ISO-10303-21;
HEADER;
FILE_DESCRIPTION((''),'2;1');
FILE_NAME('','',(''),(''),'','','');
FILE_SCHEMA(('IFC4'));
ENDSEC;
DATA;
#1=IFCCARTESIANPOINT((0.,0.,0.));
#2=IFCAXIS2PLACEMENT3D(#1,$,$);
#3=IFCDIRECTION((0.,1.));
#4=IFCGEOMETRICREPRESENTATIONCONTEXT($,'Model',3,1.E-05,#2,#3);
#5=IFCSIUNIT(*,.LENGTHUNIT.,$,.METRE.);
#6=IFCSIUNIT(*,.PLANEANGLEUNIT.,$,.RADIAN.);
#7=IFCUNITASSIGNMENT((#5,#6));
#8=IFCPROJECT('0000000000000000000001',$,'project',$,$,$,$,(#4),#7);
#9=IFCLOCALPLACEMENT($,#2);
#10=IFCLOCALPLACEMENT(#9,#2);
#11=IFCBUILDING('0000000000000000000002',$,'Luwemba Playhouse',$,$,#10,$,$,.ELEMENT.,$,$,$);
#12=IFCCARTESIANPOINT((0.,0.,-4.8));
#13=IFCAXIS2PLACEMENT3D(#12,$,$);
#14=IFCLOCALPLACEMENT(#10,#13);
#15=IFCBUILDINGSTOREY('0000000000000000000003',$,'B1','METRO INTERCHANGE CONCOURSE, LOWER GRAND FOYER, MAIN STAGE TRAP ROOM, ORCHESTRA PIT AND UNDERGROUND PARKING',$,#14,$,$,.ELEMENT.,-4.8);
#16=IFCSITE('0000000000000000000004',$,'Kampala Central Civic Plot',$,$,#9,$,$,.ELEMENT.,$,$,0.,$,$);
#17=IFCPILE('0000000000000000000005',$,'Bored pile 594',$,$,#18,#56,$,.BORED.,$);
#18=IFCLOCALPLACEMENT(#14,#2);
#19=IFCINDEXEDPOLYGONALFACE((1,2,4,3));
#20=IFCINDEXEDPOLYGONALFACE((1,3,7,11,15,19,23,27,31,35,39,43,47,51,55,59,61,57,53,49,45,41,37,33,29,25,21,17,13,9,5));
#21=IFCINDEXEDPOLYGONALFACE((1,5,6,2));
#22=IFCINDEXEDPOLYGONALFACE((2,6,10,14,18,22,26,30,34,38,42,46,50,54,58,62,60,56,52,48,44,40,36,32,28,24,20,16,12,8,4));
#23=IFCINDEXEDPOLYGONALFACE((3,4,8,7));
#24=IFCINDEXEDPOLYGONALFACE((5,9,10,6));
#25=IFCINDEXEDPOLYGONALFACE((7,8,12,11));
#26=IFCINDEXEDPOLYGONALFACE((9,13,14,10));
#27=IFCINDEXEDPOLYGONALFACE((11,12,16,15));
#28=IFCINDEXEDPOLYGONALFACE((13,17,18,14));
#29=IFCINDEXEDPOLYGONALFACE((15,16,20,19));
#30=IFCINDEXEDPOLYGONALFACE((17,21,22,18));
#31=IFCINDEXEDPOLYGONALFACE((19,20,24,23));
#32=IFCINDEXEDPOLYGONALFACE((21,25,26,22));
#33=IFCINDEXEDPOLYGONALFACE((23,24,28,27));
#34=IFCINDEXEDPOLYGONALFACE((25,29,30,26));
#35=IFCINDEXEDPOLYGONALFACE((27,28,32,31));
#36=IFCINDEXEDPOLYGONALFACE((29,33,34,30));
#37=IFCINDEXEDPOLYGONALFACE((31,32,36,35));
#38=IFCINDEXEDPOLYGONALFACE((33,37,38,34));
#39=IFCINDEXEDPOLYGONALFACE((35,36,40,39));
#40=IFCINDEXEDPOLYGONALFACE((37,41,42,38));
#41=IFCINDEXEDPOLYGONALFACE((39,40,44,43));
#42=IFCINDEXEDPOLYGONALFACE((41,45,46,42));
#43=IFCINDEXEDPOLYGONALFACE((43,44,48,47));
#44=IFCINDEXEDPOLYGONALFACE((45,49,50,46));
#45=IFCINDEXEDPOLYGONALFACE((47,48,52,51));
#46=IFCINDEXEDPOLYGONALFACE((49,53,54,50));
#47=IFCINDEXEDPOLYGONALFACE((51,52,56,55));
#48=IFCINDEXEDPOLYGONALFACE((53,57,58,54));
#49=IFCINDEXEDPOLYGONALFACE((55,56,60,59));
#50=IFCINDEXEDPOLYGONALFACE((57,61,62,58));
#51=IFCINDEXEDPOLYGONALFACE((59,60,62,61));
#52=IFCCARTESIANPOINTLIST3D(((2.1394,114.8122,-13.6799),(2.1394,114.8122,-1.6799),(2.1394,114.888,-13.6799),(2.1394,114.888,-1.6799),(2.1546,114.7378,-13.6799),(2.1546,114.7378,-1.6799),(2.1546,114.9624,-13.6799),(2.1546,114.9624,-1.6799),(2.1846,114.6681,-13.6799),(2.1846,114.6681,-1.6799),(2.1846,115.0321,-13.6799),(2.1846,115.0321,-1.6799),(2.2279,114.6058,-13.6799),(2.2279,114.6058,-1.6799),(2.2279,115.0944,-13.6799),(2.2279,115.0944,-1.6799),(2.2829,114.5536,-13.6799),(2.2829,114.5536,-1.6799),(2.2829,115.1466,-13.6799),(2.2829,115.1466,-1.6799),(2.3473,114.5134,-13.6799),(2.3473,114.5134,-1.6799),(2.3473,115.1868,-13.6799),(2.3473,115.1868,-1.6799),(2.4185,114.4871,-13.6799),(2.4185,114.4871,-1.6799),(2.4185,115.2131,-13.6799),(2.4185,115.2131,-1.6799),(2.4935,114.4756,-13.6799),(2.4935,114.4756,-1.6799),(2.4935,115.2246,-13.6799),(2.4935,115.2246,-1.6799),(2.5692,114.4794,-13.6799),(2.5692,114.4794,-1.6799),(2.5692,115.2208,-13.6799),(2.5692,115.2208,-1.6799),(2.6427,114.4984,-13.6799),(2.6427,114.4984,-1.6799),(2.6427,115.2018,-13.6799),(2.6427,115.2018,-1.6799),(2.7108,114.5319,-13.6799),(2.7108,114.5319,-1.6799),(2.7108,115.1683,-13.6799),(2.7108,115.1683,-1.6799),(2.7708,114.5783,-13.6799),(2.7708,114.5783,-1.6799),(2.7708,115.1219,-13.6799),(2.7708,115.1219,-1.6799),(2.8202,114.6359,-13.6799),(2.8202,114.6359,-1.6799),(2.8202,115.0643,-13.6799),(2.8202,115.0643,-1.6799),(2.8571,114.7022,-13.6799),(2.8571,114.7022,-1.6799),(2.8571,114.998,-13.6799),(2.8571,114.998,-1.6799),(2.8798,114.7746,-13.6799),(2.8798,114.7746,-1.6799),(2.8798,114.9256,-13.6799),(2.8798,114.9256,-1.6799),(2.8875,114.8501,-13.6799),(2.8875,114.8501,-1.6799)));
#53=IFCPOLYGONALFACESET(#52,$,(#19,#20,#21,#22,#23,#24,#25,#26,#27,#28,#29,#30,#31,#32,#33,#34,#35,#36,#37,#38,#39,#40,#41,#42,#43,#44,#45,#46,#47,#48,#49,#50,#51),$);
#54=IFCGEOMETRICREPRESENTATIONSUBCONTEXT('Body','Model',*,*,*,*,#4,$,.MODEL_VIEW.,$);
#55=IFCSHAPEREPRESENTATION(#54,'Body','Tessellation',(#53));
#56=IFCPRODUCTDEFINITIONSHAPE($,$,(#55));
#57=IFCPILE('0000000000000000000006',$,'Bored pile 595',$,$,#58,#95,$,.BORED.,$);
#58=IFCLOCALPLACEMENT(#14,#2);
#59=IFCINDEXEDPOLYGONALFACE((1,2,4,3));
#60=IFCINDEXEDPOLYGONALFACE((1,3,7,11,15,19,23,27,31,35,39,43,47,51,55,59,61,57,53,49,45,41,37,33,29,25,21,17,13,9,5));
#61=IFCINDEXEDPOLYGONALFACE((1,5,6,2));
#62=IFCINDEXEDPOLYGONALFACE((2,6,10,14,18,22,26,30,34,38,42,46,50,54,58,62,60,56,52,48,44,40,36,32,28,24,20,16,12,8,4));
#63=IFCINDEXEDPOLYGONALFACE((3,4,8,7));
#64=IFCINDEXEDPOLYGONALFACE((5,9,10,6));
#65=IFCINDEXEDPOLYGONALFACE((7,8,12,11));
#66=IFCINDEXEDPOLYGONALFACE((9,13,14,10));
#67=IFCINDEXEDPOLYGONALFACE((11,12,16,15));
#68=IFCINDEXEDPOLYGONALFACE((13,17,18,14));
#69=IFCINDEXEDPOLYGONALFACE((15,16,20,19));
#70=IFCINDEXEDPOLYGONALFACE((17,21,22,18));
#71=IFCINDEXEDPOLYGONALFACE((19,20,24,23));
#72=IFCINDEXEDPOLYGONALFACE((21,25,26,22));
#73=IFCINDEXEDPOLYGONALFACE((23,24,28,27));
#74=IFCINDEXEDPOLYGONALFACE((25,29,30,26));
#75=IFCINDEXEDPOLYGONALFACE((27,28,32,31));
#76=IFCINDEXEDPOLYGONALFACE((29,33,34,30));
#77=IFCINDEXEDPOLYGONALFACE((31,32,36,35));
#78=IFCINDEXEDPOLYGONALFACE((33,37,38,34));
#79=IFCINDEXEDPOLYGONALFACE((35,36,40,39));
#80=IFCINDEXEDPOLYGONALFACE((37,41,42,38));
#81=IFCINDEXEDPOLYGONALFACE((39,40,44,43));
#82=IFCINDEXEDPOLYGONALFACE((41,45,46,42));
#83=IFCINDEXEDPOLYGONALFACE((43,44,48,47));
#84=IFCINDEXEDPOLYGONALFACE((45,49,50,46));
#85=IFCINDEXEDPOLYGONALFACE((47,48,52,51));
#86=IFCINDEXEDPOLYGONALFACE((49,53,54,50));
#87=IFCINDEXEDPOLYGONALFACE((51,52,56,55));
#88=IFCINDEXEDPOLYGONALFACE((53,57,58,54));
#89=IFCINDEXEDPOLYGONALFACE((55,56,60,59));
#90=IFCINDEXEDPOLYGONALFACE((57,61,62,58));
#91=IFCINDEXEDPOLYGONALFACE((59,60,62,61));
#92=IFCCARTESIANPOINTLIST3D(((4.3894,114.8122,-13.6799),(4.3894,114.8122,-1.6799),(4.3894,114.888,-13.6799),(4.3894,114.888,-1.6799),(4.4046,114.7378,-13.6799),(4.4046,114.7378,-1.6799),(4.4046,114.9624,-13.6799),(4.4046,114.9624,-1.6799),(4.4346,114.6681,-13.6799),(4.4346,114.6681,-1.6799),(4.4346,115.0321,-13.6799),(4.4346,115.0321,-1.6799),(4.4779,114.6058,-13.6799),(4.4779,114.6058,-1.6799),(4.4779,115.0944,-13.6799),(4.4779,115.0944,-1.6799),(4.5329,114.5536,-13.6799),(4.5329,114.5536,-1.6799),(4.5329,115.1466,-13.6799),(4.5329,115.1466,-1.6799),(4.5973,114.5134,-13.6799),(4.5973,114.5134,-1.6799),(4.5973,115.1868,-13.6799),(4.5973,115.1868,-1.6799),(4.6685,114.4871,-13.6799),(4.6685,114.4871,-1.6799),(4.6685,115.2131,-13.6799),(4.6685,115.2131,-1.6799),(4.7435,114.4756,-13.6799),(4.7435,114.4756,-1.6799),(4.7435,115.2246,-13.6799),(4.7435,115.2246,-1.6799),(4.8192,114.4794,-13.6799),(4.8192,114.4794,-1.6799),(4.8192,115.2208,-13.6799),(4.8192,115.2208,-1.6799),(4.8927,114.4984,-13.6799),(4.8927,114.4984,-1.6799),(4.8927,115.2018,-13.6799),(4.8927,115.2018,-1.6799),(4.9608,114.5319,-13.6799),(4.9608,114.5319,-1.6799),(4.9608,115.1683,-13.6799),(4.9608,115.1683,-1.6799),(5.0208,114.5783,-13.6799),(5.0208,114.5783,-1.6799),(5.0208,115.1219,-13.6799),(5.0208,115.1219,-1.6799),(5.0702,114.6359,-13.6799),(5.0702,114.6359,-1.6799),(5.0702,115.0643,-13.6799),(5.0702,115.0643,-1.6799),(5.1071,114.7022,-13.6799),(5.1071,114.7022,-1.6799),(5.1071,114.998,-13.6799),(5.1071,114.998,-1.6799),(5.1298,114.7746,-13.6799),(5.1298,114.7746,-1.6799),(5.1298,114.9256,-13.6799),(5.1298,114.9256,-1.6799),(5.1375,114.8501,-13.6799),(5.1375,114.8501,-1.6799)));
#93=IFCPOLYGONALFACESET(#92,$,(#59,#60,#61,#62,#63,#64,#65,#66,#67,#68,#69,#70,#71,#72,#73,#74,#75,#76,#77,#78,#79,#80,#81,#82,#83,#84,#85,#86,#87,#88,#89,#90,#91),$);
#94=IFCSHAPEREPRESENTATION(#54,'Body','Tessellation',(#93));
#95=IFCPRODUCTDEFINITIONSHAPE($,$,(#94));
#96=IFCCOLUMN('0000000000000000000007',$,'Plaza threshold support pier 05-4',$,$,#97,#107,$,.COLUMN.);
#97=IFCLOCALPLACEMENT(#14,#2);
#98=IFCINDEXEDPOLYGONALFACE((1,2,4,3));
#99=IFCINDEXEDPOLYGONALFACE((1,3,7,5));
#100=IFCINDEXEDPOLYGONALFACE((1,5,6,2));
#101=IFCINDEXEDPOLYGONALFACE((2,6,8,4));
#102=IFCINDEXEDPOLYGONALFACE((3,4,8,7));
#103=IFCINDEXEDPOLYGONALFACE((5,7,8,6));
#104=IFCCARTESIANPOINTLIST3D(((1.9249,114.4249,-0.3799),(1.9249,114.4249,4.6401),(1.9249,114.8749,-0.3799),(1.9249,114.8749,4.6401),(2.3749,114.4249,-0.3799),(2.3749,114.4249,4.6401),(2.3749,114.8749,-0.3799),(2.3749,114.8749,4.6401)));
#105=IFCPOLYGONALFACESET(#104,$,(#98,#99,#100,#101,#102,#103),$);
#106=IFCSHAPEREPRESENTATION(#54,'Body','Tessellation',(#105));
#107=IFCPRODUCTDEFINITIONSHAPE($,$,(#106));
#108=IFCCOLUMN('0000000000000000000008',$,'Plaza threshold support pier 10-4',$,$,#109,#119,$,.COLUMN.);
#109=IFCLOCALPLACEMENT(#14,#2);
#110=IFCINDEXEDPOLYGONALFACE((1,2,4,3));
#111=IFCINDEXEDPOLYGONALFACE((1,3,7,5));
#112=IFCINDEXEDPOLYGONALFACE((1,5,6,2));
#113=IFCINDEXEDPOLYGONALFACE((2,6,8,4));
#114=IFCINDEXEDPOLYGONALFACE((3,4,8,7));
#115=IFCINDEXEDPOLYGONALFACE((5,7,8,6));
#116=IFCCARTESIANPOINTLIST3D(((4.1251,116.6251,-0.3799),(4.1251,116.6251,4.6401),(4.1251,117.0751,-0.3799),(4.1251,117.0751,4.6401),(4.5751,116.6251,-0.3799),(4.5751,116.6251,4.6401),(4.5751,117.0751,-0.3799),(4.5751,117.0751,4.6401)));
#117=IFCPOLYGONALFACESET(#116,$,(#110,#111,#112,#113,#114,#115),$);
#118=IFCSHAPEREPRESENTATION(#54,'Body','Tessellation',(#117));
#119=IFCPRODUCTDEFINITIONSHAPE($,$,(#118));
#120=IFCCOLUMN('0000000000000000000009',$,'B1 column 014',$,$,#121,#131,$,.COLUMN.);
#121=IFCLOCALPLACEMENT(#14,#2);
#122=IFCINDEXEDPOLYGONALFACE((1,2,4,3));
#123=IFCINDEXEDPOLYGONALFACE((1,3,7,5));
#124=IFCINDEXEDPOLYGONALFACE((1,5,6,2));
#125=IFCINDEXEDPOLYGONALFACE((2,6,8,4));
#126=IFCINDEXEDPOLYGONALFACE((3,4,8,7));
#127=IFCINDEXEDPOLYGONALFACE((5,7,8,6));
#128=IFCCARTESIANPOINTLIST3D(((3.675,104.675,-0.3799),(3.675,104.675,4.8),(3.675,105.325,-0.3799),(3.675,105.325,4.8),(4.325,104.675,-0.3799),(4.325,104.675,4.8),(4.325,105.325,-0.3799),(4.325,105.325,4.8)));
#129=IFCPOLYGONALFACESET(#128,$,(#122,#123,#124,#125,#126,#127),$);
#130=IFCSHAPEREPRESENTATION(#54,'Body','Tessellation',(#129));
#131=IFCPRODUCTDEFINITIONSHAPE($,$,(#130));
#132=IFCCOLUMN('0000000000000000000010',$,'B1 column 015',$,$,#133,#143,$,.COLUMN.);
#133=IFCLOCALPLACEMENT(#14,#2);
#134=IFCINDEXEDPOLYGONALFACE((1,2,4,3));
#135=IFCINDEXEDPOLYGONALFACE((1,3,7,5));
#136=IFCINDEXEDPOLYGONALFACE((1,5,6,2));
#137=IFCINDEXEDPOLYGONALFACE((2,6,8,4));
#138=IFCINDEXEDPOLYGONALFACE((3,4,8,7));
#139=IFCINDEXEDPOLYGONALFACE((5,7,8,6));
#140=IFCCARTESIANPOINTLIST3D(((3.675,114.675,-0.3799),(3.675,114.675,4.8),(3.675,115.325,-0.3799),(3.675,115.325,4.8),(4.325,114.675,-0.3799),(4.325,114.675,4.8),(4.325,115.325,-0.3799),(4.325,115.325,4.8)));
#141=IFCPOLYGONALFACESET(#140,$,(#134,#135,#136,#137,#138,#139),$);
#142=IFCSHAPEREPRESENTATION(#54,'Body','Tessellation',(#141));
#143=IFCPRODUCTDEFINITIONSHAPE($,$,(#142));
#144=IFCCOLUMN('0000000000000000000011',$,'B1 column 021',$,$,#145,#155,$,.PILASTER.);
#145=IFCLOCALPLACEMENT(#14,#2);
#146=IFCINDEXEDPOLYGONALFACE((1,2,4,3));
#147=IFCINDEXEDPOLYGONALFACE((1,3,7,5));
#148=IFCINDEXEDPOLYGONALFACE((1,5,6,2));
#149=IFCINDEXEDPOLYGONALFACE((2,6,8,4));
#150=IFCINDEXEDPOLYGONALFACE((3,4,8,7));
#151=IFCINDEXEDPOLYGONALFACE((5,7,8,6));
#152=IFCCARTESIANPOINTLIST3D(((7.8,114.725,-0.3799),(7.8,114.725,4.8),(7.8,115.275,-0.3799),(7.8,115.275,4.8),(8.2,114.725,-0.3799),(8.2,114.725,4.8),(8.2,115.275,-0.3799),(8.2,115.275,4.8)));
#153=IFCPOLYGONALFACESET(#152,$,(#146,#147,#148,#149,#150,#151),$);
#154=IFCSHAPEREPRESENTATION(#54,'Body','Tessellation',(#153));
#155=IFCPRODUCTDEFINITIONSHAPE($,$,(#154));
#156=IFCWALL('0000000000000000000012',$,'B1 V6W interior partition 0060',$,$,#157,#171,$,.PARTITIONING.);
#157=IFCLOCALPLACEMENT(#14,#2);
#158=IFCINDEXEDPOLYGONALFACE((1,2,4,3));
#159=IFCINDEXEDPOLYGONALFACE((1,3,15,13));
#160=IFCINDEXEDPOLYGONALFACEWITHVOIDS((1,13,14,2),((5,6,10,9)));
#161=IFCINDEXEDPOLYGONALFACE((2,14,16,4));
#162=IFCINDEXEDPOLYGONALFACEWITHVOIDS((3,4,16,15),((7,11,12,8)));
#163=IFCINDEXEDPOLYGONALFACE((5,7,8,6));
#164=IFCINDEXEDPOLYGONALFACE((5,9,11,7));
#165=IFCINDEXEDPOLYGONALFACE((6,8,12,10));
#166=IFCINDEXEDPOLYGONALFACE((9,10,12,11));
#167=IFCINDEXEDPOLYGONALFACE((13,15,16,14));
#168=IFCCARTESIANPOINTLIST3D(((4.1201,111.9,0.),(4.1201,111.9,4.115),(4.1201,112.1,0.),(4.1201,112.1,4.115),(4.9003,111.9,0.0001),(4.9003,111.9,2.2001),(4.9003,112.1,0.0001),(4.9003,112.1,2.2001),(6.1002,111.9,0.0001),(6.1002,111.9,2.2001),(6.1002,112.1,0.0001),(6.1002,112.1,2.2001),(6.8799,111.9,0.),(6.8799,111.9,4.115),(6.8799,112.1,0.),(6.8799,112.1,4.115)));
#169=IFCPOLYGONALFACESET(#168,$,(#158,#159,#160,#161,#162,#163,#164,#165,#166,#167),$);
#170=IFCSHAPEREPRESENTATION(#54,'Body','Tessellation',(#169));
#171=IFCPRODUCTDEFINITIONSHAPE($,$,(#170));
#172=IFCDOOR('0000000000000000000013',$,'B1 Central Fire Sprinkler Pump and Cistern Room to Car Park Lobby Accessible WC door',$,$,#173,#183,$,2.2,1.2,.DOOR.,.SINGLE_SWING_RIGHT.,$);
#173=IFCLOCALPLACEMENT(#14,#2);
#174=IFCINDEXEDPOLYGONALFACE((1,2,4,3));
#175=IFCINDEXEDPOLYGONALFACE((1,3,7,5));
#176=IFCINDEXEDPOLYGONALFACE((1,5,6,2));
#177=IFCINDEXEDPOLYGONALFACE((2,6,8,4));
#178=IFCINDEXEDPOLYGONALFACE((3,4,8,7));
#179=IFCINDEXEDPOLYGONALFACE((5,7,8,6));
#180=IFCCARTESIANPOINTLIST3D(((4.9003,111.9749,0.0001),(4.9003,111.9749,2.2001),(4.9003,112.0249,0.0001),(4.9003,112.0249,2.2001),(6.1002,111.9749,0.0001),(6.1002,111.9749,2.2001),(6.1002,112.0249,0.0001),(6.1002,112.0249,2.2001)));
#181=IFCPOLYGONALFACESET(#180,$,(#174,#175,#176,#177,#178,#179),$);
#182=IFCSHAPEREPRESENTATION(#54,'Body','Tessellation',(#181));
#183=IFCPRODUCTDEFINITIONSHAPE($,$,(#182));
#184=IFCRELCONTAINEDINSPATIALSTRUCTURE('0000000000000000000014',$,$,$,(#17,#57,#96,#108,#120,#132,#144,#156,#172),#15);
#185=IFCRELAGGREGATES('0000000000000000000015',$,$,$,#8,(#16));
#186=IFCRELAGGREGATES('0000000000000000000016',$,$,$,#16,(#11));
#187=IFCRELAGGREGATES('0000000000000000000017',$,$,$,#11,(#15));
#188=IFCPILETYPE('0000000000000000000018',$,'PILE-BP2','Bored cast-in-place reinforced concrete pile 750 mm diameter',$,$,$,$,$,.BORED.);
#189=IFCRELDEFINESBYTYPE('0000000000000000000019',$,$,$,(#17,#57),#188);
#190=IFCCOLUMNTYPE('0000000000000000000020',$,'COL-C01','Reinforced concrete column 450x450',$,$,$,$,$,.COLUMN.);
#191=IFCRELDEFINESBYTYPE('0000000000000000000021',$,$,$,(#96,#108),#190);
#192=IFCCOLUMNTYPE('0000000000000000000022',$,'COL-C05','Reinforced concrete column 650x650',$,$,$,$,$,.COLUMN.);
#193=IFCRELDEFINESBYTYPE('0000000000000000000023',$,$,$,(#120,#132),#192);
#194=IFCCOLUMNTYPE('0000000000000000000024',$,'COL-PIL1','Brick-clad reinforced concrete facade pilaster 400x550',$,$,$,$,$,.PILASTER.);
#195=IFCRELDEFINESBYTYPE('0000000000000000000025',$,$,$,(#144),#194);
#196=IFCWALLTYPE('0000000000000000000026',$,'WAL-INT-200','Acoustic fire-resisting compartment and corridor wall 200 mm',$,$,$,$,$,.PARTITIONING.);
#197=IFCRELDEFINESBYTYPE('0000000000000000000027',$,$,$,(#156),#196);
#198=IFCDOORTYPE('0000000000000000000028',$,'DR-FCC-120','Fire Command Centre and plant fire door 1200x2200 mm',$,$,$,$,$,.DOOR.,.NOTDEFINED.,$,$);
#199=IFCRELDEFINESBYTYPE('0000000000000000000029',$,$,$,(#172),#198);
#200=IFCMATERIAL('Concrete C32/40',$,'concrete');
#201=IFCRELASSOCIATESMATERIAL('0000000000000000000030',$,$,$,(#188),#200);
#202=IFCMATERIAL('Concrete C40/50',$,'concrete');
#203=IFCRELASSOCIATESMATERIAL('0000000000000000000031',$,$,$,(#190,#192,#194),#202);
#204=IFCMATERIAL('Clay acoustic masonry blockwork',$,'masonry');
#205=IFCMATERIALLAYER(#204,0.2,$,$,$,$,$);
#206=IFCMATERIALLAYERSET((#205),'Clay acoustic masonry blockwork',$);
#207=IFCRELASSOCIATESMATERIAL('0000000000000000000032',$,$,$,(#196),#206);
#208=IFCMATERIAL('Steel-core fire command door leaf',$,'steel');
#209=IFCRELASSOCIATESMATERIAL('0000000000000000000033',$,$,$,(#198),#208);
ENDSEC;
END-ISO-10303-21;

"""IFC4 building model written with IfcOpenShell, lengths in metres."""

from ifc_helpers import new_model, si_unit, direction, frame, frame_2d, origin, origin_2d, place, context, subcontext, project, spatial, rectangle, circle, extrude, material, layer, layer_set, material_profile, profile_set, type_object, element, fill, save


model = new_model("IFC4")

# Units and contexts
model_context = context("Model", 3, precision=1e-05, world=origin(), true_north=direction((0.0, 1.0)))
body_context = subcontext(model_context, "Body", "Model", "MODEL_VIEW")
ifc_project = project(units=[si_unit("LENGTHUNIT", "METRE"), si_unit("PLANEANGLEUNIT", "RADIAN")], contexts=[model_context])

# Site, building, storey
site_placement = place(None, origin())
site = spatial("IfcSite", under=ifc_project, at=site_placement, Name="Kampala Central Civic Plot", CompositionType="ELEMENT", RefElevation=0.0)
building_placement = place(site_placement, origin())
building = spatial("IfcBuilding", under=site, at=building_placement, Name="Luwemba Playhouse", CompositionType="ELEMENT")
storey_placement = place(building_placement, frame((0.0, 0.0, -4.8)))
storey = spatial("IfcBuildingStorey", under=building, at=storey_placement, Name="B1", Description="METRO INTERCHANGE CONCOURSE, LOWER GRAND FOYER, MAIN STAGE TRAP ROOM, ORCHESTRA PIT AND UNDERGROUND PARKING", CompositionType="ELEMENT", Elevation=-4.8)

# Shared definitions
ifc_material_1 = material(Name="Concrete C32/40", Category="concrete")

# Piles
ifc_material_profile_1 = material_profile(ifc_material_1, circle(Radius=0.375, at=origin_2d()))
ifc_profile_set_1 = profile_set([ifc_material_profile_1], Name="Concrete C32/40")
pile_type_1 = type_object("IfcPileType", Name="PILE-BP2", Description="Bored cast-in-place reinforced concrete pile 750 mm diameter", PredefinedType="BORED", material=ifc_profile_set_1)
for number, where, z_axis, x_axis, name in (
    (1, (2.5125, 114.8501, -1.6799), (0.0, 0.0, -1.0), (1.0, 0.0, 0.0), "Bored pile 594"),
    (2, (4.7625, 114.8501, -1.6799), (0.0, 0.0, -1.0), (1.0, 0.0, 0.0), "Bored pile 595"),
):
    element("IfcPile", number, at=place(storey_placement, frame(where, z_axis=z_axis, x_axis=x_axis)), inside=storey, type_object=pile_type_1, Name=name, PredefinedType="BORED", context=body_context, shape_type="SweptSolid", body=[
        extrude(circle(Radius=0.375, at=origin_2d()), origin(), (0.0, 0.0, 1.0), 12.0),
    ])

# Columns
ifc_material_2 = material(Name="Concrete C40/50", Category="concrete")
ifc_material_profile_2 = material_profile(ifc_material_2, rectangle(XDim=0.45, YDim=0.45, at=origin_2d()))
ifc_profile_set_2 = profile_set([ifc_material_profile_2], Name="Concrete C40/50")
column_type_1 = type_object("IfcColumnType", Name="COL-C01", Description="Reinforced concrete column 450x450", PredefinedType="COLUMN", material=ifc_profile_set_2)
for number, where, z_axis, x_axis, name in (
    (3, (2.1499, 114.6499, -0.3799), (0.0, 0.0, 1.0), (1.0, 0.0, 0.0), "Plaza threshold support pier 05-4"),
    (4, (4.3501, 116.8501, -0.3799), (0.0, 0.0, 1.0), (1.0, 0.0, 0.0), "Plaza threshold support pier 10-4"),
):
    element("IfcColumn", number, at=place(storey_placement, frame(where, z_axis=z_axis, x_axis=x_axis)), inside=storey, type_object=column_type_1, Name=name, PredefinedType="COLUMN", context=body_context, shape_type="SweptSolid", body=[
        extrude(rectangle(XDim=0.45, YDim=0.45, at=origin_2d()), origin(), (0.0, 0.0, 1.0), 5.02),
    ])
ifc_material_profile_3 = material_profile(ifc_material_2, rectangle(XDim=0.6499, YDim=0.6499, at=origin_2d()))
ifc_profile_set_3 = profile_set([ifc_material_profile_3], Name="Concrete C40/50")
column_type_2 = type_object("IfcColumnType", Name="COL-C05", Description="Reinforced concrete column 650x650", PredefinedType="COLUMN", material=ifc_profile_set_3)
for number, where, z_axis, x_axis, name in (
    (5, (4.0, 105.0, -0.3799), (0.0, 0.0, 1.0), (1.0, 0.0, 0.0), "B1 column 014"),
    (6, (4.0, 115.0, -0.3799), (0.0, 0.0, 1.0), (1.0, 0.0, 0.0), "B1 column 015"),
):
    element("IfcColumn", number, at=place(storey_placement, frame(where, z_axis=z_axis, x_axis=x_axis)), inside=storey, type_object=column_type_2, Name=name, PredefinedType="COLUMN", context=body_context, shape_type="SweptSolid", body=[
        extrude(rectangle(XDim=0.6499, YDim=0.6499, at=origin_2d()), origin(), (0.0, 0.0, 1.0), 5.1799),
    ])
ifc_material_profile_4 = material_profile(ifc_material_2, rectangle(XDim=0.3999, YDim=0.55, at=origin_2d()))
ifc_profile_set_4 = profile_set([ifc_material_profile_4], Name="Concrete C40/50")
column_type_3 = type_object("IfcColumnType", Name="COL-PIL1", Description="Brick-clad reinforced concrete facade pilaster 400x550", PredefinedType="PILASTER", material=ifc_profile_set_4)
column_placement = place(storey_placement, frame((8.0, 115.0, -0.3799), z_axis=(0.0, 0.0, 1.0), x_axis=(1.0, 0.0, 0.0)))
element("IfcColumn", 7, at=column_placement, inside=storey, type_object=column_type_3, Name="B1 column 021", PredefinedType="PILASTER", context=body_context, shape_type="SweptSolid", body=[
    extrude(rectangle(XDim=0.3999, YDim=0.55, at=origin_2d()), origin(), (0.0, 0.0, 1.0), 5.1799),
])

# Wall, opening, door
ifc_material_3 = material(Name="Clay acoustic masonry blockwork", Category="masonry")
ifc_layer_1 = layer(ifc_material_3, 0.2)
ifc_layer_set_1 = layer_set([ifc_layer_1], Name="Clay acoustic masonry blockwork")
wall_type_1 = type_object("IfcWallType", Name="WAL-INT-200", Description="Acoustic fire-resisting compartment and corridor wall 200 mm", PredefinedType="PARTITIONING", material=ifc_layer_set_1)
wall_1_placement = place(storey_placement, frame((4.1201, 112.0, 0.0), z_axis=(0.0, 0.0, 1.0), x_axis=(1.0, 0.0, 0.0)))
wall_1 = element("IfcWall", 8, at=wall_1_placement, inside=storey, type_object=wall_type_1, Name="B1 V6W interior partition 0060", PredefinedType="PARTITIONING", context=body_context, shape_type="SweptSolid", body=[
    extrude(rectangle(XDim=2.7598, YDim=0.2, at=frame_2d((1.3799, 0.0))), origin(), (0.0, 0.0, 1.0), 4.115),
])
opening_placement = place(wall_1_placement, frame((0.78, 0.0, 0.0)))
opening = element("IfcOpeningElement", 9, at=opening_placement, cuts=wall_1, PredefinedType="OPENING", context=body_context, shape_type="SweptSolid", body=[
    extrude(rectangle(XDim=1.2, YDim=2.2, at=frame_2d((0.6001, 1.1001))), frame((0.0, 0.1099, 0.0), z_axis=(0.0, -1.0, 0.0), x_axis=(1.0, 0.0, 0.0)), (0.0, 0.0, 1.0), 0.22),
])
ifc_material_4 = material(Name="Steel-core fire command door leaf", Category="steel")
door_type = type_object("IfcDoorType", Name="DR-FCC-120", Description="Fire Command Centre and plant fire door 1200x2200 mm", OperationType="NOTDEFINED", PredefinedType="DOOR", material=ifc_material_4)
door_placement = place(opening_placement, origin())
door = element("IfcDoor", 10, at=door_placement, inside=storey, type_object=door_type, Name="B1 Central Fire Sprinkler Pump and Cistern Room to Car Park Lobby Accessible WC door", OperationType="SINGLE_SWING_RIGHT", OverallHeight=2.2, OverallWidth=1.2, PredefinedType="DOOR", context=body_context, shape_type="SweptSolid", body=[
    extrude(rectangle(XDim=1.2, YDim=2.2, at=frame_2d((0.6001, 1.1001))), frame((0.0, 0.0249, 0.0), z_axis=(0.0, -1.0, 0.0), x_axis=(1.0, 0.0, 0.0)), (0.0, 0.0, 1.0), 0.05),
])
fill(opening, door)

save(model, "model.ifc")
